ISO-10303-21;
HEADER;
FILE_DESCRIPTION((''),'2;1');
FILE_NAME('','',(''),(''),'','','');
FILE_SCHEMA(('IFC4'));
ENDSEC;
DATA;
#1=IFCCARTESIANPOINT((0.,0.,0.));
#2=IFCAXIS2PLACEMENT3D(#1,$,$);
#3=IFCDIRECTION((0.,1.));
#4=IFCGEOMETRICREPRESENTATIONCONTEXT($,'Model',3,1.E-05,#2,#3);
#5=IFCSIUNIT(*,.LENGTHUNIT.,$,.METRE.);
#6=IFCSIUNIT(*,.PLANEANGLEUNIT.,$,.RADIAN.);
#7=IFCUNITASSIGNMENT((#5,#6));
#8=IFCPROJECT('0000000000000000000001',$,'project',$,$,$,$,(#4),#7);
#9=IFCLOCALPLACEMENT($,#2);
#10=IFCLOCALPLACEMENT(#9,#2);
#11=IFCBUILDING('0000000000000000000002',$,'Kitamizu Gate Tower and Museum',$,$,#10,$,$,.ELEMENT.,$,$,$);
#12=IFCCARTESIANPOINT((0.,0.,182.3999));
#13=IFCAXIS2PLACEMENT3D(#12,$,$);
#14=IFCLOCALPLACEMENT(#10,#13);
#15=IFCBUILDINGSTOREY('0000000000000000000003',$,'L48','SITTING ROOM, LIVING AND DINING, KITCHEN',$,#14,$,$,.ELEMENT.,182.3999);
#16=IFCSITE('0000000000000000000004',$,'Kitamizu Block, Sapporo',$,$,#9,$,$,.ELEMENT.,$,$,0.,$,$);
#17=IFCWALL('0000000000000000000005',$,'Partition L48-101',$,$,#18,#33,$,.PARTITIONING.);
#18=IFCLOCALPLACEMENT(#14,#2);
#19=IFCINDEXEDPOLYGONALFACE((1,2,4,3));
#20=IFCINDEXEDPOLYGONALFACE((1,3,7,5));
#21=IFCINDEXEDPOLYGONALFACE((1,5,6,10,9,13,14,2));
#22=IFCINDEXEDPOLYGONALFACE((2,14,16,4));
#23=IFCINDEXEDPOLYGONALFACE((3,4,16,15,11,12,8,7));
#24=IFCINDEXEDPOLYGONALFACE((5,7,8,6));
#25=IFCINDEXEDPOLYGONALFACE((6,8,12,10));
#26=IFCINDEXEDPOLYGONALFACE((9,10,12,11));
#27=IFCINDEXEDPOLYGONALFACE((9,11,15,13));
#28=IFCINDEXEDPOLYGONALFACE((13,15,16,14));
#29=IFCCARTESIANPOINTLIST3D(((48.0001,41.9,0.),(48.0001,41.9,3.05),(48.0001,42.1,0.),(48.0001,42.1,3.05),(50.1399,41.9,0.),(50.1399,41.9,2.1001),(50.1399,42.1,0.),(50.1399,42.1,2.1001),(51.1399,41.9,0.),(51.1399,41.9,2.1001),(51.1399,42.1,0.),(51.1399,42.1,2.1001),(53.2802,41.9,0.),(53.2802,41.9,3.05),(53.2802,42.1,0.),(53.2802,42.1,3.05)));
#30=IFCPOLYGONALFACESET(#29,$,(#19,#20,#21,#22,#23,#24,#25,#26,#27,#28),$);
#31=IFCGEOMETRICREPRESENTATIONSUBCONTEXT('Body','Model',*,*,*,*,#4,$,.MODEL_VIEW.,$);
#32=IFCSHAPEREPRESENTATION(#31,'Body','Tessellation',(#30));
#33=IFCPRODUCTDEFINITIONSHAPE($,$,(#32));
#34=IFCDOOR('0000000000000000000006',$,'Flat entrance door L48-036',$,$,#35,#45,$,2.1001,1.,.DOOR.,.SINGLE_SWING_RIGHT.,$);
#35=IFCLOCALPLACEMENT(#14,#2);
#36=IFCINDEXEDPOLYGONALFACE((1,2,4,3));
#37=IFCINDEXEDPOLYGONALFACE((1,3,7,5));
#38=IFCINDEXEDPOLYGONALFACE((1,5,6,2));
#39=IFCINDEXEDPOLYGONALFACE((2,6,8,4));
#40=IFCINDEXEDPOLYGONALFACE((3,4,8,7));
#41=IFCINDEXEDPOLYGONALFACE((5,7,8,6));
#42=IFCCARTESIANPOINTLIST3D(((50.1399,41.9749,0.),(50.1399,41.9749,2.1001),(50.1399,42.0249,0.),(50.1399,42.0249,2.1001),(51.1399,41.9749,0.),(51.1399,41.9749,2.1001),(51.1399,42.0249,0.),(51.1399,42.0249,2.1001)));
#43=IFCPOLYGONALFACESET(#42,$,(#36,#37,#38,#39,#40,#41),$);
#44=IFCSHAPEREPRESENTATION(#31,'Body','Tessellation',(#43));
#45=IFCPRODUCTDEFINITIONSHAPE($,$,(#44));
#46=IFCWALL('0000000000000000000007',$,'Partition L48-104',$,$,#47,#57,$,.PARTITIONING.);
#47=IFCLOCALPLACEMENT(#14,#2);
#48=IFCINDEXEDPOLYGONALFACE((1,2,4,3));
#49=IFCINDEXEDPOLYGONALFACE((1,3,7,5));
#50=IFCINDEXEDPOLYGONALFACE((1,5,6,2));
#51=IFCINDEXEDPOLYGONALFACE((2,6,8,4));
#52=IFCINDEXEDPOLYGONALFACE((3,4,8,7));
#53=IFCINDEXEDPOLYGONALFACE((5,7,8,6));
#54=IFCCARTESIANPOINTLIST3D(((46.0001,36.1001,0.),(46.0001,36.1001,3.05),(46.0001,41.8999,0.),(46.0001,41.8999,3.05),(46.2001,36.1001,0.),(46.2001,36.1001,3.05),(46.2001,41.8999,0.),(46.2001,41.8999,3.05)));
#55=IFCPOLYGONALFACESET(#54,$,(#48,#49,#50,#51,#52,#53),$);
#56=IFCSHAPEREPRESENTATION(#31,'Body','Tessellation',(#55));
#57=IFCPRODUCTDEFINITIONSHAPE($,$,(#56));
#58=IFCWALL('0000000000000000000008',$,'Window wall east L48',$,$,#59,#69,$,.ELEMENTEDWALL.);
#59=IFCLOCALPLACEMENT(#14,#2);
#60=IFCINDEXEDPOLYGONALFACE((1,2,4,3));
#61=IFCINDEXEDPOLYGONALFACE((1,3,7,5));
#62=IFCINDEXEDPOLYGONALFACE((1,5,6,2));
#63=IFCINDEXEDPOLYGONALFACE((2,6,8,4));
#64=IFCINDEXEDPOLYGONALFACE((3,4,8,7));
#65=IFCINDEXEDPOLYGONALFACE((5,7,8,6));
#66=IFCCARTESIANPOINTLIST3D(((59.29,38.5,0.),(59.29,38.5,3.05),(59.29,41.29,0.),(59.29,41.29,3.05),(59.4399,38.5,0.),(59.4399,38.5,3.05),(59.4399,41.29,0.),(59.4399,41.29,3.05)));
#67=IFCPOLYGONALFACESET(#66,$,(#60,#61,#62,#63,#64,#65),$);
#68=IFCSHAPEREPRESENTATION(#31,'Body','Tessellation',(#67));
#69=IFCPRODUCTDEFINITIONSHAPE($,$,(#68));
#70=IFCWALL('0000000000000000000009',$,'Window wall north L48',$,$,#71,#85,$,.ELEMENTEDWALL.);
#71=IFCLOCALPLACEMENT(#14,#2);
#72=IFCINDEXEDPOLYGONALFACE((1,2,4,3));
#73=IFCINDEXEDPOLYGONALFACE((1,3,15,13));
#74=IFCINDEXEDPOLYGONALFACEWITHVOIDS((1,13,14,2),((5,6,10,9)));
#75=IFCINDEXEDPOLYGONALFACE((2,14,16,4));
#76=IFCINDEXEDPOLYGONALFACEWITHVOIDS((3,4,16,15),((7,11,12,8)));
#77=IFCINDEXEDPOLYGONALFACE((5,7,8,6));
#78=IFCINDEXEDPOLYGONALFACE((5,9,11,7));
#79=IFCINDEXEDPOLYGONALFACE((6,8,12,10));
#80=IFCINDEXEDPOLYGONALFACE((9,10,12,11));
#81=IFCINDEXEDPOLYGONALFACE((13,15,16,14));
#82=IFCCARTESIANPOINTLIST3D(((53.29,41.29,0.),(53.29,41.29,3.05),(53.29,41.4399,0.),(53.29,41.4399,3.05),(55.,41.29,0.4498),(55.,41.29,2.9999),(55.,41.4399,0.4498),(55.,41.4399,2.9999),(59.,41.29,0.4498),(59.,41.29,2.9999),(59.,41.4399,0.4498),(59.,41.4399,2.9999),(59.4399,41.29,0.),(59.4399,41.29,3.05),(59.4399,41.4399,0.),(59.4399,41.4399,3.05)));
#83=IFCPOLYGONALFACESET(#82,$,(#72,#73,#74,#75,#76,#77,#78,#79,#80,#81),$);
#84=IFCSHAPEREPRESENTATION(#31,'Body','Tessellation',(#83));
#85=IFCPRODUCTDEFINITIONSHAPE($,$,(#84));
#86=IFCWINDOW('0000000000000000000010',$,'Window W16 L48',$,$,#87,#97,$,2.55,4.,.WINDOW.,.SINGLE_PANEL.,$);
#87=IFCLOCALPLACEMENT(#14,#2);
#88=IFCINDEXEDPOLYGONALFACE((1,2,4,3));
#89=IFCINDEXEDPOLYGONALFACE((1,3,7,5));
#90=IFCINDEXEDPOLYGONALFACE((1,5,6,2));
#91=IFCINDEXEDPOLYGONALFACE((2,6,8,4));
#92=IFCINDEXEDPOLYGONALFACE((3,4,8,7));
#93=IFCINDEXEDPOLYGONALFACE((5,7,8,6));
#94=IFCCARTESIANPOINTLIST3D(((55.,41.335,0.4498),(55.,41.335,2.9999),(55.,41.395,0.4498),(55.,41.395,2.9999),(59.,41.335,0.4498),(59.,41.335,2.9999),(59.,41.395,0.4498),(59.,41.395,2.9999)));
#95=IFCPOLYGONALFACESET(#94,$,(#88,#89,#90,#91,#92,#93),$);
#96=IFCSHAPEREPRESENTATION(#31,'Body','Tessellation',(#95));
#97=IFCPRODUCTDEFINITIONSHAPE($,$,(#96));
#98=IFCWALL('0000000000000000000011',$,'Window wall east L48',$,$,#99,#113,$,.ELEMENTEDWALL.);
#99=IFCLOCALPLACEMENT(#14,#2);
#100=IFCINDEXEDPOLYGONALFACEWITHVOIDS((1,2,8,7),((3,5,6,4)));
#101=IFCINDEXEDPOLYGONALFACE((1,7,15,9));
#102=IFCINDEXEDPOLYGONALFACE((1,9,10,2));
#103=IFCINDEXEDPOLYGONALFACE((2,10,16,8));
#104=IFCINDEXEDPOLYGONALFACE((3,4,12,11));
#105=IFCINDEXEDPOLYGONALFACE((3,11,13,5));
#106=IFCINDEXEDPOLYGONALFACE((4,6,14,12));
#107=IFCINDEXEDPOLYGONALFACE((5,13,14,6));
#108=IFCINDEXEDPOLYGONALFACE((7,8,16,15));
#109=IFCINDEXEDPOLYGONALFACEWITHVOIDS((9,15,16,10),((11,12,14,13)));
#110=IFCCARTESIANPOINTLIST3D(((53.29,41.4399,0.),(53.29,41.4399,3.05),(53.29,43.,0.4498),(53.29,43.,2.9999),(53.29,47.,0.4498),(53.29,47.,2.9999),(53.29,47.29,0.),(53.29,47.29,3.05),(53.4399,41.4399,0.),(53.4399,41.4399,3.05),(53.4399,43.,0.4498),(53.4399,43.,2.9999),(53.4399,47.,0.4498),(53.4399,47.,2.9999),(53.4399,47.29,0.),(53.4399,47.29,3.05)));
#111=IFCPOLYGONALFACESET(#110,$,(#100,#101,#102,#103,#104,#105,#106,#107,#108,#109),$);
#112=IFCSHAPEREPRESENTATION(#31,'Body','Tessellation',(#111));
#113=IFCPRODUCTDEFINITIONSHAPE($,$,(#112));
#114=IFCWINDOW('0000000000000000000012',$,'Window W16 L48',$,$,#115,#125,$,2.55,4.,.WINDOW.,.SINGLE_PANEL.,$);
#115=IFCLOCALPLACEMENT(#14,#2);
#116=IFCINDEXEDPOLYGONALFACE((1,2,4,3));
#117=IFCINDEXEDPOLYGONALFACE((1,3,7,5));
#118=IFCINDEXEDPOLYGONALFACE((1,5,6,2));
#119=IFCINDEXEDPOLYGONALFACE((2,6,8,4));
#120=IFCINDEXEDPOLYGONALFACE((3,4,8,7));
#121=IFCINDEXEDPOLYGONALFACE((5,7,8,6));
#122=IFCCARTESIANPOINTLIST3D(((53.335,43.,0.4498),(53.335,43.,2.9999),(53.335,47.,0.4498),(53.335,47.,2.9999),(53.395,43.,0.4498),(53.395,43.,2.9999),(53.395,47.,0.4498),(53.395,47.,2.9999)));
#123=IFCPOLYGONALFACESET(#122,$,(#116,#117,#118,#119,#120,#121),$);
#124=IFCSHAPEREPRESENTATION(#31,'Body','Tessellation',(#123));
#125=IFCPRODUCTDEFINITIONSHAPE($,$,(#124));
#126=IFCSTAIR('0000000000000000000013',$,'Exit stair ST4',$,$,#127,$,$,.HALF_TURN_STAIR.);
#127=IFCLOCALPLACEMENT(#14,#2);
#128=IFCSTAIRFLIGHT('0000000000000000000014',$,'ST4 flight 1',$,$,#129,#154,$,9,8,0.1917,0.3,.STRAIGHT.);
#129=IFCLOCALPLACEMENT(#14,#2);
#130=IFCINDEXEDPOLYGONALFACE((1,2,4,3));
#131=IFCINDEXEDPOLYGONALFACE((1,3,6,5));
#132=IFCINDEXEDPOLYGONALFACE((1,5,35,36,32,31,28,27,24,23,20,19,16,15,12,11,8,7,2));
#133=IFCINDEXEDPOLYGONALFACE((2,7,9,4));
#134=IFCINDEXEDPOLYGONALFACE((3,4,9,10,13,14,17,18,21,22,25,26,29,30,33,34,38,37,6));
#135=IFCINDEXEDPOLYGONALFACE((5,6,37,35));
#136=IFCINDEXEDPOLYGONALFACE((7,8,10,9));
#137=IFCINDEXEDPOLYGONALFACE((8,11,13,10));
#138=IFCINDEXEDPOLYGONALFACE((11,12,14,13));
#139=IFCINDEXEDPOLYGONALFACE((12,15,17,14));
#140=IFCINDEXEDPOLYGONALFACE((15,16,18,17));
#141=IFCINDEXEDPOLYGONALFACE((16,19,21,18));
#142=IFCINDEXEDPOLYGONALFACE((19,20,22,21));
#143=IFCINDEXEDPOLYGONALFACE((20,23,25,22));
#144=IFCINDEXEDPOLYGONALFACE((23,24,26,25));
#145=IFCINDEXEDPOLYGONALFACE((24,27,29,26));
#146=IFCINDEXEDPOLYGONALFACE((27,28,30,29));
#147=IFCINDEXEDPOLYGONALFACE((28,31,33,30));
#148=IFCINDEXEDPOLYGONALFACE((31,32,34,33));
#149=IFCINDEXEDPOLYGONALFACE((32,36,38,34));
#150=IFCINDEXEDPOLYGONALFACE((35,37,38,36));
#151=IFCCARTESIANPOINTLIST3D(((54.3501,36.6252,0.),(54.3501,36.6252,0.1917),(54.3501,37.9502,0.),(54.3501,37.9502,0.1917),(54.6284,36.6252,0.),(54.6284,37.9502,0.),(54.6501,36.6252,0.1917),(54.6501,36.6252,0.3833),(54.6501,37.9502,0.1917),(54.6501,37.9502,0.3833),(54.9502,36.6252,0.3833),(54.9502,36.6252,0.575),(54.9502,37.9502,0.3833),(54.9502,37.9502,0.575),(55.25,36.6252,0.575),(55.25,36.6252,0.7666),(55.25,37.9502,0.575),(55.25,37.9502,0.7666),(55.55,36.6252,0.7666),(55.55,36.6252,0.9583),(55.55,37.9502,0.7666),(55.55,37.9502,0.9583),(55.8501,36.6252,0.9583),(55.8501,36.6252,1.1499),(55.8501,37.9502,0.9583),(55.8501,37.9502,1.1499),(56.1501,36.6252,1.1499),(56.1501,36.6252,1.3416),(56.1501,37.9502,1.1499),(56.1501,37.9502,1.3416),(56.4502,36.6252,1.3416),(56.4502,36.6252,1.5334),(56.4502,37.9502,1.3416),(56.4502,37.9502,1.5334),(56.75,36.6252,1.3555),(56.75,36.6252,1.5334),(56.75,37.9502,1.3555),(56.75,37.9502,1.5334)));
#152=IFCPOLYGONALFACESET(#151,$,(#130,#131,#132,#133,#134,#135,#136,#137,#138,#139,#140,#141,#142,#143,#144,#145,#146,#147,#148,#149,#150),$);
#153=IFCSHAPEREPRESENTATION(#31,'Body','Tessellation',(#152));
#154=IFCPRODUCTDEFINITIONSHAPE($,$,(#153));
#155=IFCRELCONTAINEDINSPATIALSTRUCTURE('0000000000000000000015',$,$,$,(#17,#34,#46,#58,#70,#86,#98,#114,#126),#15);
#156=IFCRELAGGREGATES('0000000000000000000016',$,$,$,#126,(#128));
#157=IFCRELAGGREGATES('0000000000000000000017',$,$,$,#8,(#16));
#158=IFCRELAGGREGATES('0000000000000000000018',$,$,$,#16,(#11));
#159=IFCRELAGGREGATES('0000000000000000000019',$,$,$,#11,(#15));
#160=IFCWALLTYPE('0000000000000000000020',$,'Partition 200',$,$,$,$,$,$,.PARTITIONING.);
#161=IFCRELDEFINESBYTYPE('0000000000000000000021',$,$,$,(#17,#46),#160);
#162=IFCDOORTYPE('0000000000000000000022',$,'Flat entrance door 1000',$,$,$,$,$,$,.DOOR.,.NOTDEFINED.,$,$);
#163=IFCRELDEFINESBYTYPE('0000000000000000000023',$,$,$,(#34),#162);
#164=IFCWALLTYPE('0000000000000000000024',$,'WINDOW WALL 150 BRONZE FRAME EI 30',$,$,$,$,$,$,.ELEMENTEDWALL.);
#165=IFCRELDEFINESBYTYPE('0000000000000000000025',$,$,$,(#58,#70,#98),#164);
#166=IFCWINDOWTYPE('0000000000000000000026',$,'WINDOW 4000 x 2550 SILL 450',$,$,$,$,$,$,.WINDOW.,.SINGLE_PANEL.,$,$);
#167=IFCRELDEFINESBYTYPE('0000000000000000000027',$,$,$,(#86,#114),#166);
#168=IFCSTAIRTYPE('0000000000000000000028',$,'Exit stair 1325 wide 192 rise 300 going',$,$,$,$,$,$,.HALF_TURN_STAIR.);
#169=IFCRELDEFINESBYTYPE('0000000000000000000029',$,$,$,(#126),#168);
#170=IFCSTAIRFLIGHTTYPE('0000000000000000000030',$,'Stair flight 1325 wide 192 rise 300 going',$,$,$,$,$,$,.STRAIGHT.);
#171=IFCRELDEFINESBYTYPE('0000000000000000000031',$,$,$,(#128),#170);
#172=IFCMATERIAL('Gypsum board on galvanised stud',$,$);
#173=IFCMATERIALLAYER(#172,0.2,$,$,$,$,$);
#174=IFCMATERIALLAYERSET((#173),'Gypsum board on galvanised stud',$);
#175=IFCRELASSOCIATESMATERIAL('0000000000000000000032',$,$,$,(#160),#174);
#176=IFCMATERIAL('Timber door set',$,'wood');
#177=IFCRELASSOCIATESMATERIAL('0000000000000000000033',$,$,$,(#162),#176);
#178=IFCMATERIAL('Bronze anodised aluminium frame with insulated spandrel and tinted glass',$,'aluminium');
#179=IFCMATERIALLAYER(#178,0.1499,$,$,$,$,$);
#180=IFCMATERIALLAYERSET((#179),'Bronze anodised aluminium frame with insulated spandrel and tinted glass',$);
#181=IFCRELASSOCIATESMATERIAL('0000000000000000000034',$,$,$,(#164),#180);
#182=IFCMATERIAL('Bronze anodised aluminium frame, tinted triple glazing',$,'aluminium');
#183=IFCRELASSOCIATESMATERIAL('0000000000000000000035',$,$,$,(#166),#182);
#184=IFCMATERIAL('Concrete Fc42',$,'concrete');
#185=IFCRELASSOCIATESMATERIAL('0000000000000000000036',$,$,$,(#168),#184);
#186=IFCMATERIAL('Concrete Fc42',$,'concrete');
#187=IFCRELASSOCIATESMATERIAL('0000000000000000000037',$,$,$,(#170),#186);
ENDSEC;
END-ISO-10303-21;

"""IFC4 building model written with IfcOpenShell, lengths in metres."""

from ifc_helpers import new_model, si_unit, direction, frame, frame_2d, origin, place, context, subcontext, project, spatial, polyline, rectangle, outline, extrude, material, layer, layer_set, type_object, element, fill, aggregate, save


model = new_model("IFC4")

# Units and contexts
model_context = context("Model", 3, precision=1e-05, world=origin(), true_north=direction((0.0, 1.0)))
body_context = subcontext(model_context, "Body", "Model", "MODEL_VIEW")
ifc_project = project(units=[si_unit("LENGTHUNIT", "METRE"), si_unit("PLANEANGLEUNIT", "RADIAN")], contexts=[model_context])

# Site, building, storey
site_placement = place(None, origin())
site = spatial("IfcSite", under=ifc_project, at=site_placement, Name="Kitamizu Block, Sapporo", CompositionType="ELEMENT", RefElevation=0.0)
building_placement = place(site_placement, origin())
building = spatial("IfcBuilding", under=site, at=building_placement, Name="Kitamizu Gate Tower and Museum", CompositionType="ELEMENT")
storey_placement = place(building_placement, frame((0.0, 0.0, 182.3999)))
storey = spatial("IfcBuildingStorey", under=building, at=storey_placement, Name="L48", Description="SITTING ROOM, LIVING AND DINING, KITCHEN", CompositionType="ELEMENT", Elevation=182.3999)

# Shared definitions
ifc_material_1 = material(Name="Gypsum board on galvanised stud")
ifc_layer_1 = layer(ifc_material_1, 0.2)
ifc_layer_set_1 = layer_set([ifc_layer_1], Name="Gypsum board on galvanised stud")
wall_type_1 = type_object("IfcWallType", Name="Partition 200", PredefinedType="PARTITIONING", material=ifc_layer_set_1)

# Wall, opening, door
wall_1_placement = place(storey_placement, frame((48.0, 42.0, 0.0), z_axis=(0.0, 0.0, 1.0), x_axis=(1.0, 0.0, 0.0)))
wall_1 = element("IfcWall", 1, at=wall_1_placement, inside=storey, type_object=wall_type_1, Name="Partition L48-101", PredefinedType="PARTITIONING", context=body_context, shape_type="SweptSolid", body=[
    extrude(rectangle(XDim=5.28, YDim=0.2, at=frame_2d((2.6401, 0.0))), origin(), (0.0, 0.0, 1.0), 3.05),
])
opening_1_placement = place(wall_1_placement, frame((2.1399, 0.0, 0.0)))
opening_1 = element("IfcOpeningElement", 2, at=opening_1_placement, cuts=wall_1, PredefinedType="OPENING", context=body_context, shape_type="SweptSolid", body=[
    extrude(rectangle(XDim=1.0, YDim=2.1001, at=frame_2d((0.5, 1.05))), frame((0.0, 0.1099, 0.0), z_axis=(0.0, -1.0, 0.0), x_axis=(1.0, 0.0, 0.0)), (0.0, 0.0, 1.0), 0.22),
])
ifc_material_2 = material(Name="Timber door set", Category="wood")
door_type_1 = type_object("IfcDoorType", Name="Flat entrance door 1000", OperationType="NOTDEFINED", PredefinedType="DOOR", material=ifc_material_2)
door_1_placement = place(opening_1_placement, origin())
door_1 = element("IfcDoor", 3, at=door_1_placement, inside=storey, type_object=door_type_1, Name="Flat entrance door L48-036", OperationType="SINGLE_SWING_RIGHT", OverallHeight=2.1001, OverallWidth=1.0, PredefinedType="DOOR", context=body_context, shape_type="SweptSolid", body=[
    extrude(rectangle(XDim=1.0, YDim=2.1001, at=frame_2d((0.5, 1.05))), frame((0.0, 0.0249, 0.0), z_axis=(0.0, -1.0, 0.0), x_axis=(1.0, 0.0, 0.0)), (0.0, 0.0, 1.0), 0.05),
])
fill(opening_1, door_1)

# Walls
wall_2_placement = place(storey_placement, frame((46.1001, 36.1001, 0.0), z_axis=(0.0, 0.0, 1.0), x_axis=(0.0, 1.0, 0.0)))
element("IfcWall", 4, at=wall_2_placement, inside=storey, type_object=wall_type_1, Name="Partition L48-104", PredefinedType="PARTITIONING", context=body_context, shape_type="SweptSolid", body=[
    extrude(rectangle(XDim=5.7998, YDim=0.2, at=frame_2d((2.8999, 0.0))), origin(), (0.0, 0.0, 1.0), 3.05),
])
ifc_material_3 = material(Name="Bronze anodised aluminium frame with insulated spandrel and tinted glass", Category="aluminium")
ifc_layer_2 = layer(ifc_material_3, 0.1499)
ifc_layer_set_2 = layer_set([ifc_layer_2], Name="Bronze anodised aluminium frame with insulated spandrel and tinted glass")
wall_type_2 = type_object("IfcWallType", Name="WINDOW WALL 150 BRONZE FRAME EI 30", PredefinedType="ELEMENTEDWALL", material=ifc_layer_set_2)
wall_3_placement = place(storey_placement, frame((59.365, 38.5, 0.0), z_axis=(0.0, 0.0, 1.0), x_axis=(0.0, 1.0, 0.0)))
element("IfcWall", 5, at=wall_3_placement, inside=storey, type_object=wall_type_2, Name="Window wall east L48", PredefinedType="ELEMENTEDWALL", context=body_context, shape_type="SweptSolid", body=[
    extrude(rectangle(XDim=2.79, YDim=0.1499, at=frame_2d((1.395, 0.0))), origin(), (0.0, 0.0, 1.0), 3.05),
])

# Walls, openings, windows
wall_4_placement = place(storey_placement, frame((53.29, 41.365, 0.0), z_axis=(0.0, 0.0, 1.0), x_axis=(1.0, 0.0, 0.0)))
wall_4 = element("IfcWall", 6, at=wall_4_placement, inside=storey, type_object=wall_type_2, Name="Window wall north L48", PredefinedType="ELEMENTEDWALL", context=body_context, shape_type="SweptSolid", body=[
    extrude(rectangle(XDim=6.1499, YDim=0.1499, at=frame_2d((3.075, 0.0))), origin(), (0.0, 0.0, 1.0), 3.05),
])
opening_2_placement = place(wall_4_placement, frame((1.71, 0.0, 0.45)))
opening_2 = element("IfcOpeningElement", 7, at=opening_2_placement, cuts=wall_4, PredefinedType="OPENING", context=body_context, shape_type="SweptSolid", body=[
    extrude(rectangle(XDim=4.0, YDim=2.55, at=frame_2d((2.0, 1.2749))), frame((0.0, 0.085, 0.0), z_axis=(0.0, -1.0, 0.0), x_axis=(1.0, 0.0, 0.0)), (0.0, 0.0, 1.0), 0.1699),
])
ifc_material_4 = material(Name="Bronze anodised aluminium frame, tinted triple glazing", Category="aluminium")
window_type = type_object("IfcWindowType", Name="WINDOW 4000 x 2550 SILL 450", PartitioningType="SINGLE_PANEL", PredefinedType="WINDOW", material=ifc_material_4)
window_1_placement = place(opening_2_placement, origin())
window_1 = element("IfcWindow", 8, at=window_1_placement, inside=storey, type_object=window_type, Name="Window W16 L48", OverallHeight=2.55, OverallWidth=4.0, PartitioningType="SINGLE_PANEL", PredefinedType="WINDOW", context=body_context, shape_type="SweptSolid", body=[
    extrude(rectangle(XDim=4.0, YDim=2.55, at=frame_2d((2.0, 1.2749))), frame((0.0, 0.03, 0.0), z_axis=(0.0, -1.0, 0.0), x_axis=(1.0, 0.0, 0.0)), (0.0, 0.0, 1.0), 0.0601),
])
fill(opening_2, window_1)
wall_5_placement = place(storey_placement, frame((53.365, 41.4399, 0.0), z_axis=(0.0, 0.0, 1.0), x_axis=(0.0, 1.0, 0.0)))
wall_5 = element("IfcWall", 9, at=wall_5_placement, inside=storey, type_object=wall_type_2, Name="Window wall east L48", PredefinedType="ELEMENTEDWALL", context=body_context, shape_type="SweptSolid", body=[
    extrude(rectangle(XDim=5.8501, YDim=0.1499, at=frame_2d((2.925, 0.0))), origin(), (0.0, 0.0, 1.0), 3.05),
])
opening_3_placement = place(wall_5_placement, frame((1.5601, 0.0, 0.45)))
opening_3 = element("IfcOpeningElement", 10, at=opening_3_placement, cuts=wall_5, PredefinedType="OPENING", context=body_context, shape_type="SweptSolid", body=[
    extrude(rectangle(XDim=4.0, YDim=2.55, at=frame_2d((2.0, 1.2749))), frame((0.0, 0.085, 0.0), z_axis=(0.0, -1.0, 0.0), x_axis=(1.0, 0.0, 0.0)), (0.0, 0.0, 1.0), 0.1699),
])
window_2_placement = place(opening_3_placement, origin())
window_2 = element("IfcWindow", 11, at=window_2_placement, inside=storey, type_object=window_type, Name="Window W16 L48", OverallHeight=2.55, OverallWidth=4.0, PartitioningType="SINGLE_PANEL", PredefinedType="WINDOW", context=body_context, shape_type="SweptSolid", body=[
    extrude(rectangle(XDim=4.0, YDim=2.55, at=frame_2d((2.0, 1.2749))), frame((0.0, 0.03, 0.0), z_axis=(0.0, -1.0, 0.0), x_axis=(1.0, 0.0, 0.0)), (0.0, 0.0, 1.0), 0.0601),
])
fill(opening_3, window_2)

# Stair, stair flight
ifc_material_5 = material(Name="Concrete Fc42", Category="concrete")
stair_type = type_object("IfcStairType", Name="Exit stair 1325 wide 192 rise 300 going", PredefinedType="HALF_TURN_STAIR", material=ifc_material_5)
stair_placement = place(storey_placement, origin())
stair = element("IfcStair", 12, at=stair_placement, inside=storey, type_object=stair_type, Name="Exit stair ST4", PredefinedType="HALF_TURN_STAIR")
ifc_material_6 = material(Name="Concrete Fc42", Category="concrete")
stair_flight_type = type_object("IfcStairFlightType", Name="Stair flight 1325 wide 192 rise 300 going", PredefinedType="STRAIGHT", material=ifc_material_6)
stair_flight_placement = place(storey_placement, frame((54.3501, 37.2876, 0.0), z_axis=(0.0, 0.0, 1.0), x_axis=(1.0, 0.0, 0.0)))
stair_flight = element("IfcStairFlight", 13, at=stair_flight_placement, type_object=stair_flight_type, Name="ST4 flight 1", NumberOfRisers=9, NumberOfTreads=8, PredefinedType="STRAIGHT", RiserHeight=0.1917, TreadLength=0.3, context=body_context, shape_type="SweptSolid", body=[
    extrude(outline(polyline([(0.0, 0.0), (0.0, 0.1917), (0.3, 0.1917), (0.3, 0.3833), (0.6001, 0.3833), (0.6001, 0.575), (0.8999, 0.575), (0.8999, 0.7666), (1.2, 0.7666), (1.2, 0.9583), (1.5, 0.9583), (1.5, 1.1499), (1.8, 1.1499), (1.8, 1.3416), (2.1001, 1.3416), (2.1001, 1.5334), (2.3999, 1.5334), (2.3999, 1.7251), (2.3999, 1.3555), (0.2783, 0.0), (0.0, 0.0)])), frame((0.0, 0.6626, 0.0), z_axis=(0.0, -1.0, 0.0), x_axis=(1.0, 0.0, 0.0)), (0.0, 0.0, 1.0), 1.325),
])
aggregate(stair, [stair_flight])

save(model, "model.ifc")
